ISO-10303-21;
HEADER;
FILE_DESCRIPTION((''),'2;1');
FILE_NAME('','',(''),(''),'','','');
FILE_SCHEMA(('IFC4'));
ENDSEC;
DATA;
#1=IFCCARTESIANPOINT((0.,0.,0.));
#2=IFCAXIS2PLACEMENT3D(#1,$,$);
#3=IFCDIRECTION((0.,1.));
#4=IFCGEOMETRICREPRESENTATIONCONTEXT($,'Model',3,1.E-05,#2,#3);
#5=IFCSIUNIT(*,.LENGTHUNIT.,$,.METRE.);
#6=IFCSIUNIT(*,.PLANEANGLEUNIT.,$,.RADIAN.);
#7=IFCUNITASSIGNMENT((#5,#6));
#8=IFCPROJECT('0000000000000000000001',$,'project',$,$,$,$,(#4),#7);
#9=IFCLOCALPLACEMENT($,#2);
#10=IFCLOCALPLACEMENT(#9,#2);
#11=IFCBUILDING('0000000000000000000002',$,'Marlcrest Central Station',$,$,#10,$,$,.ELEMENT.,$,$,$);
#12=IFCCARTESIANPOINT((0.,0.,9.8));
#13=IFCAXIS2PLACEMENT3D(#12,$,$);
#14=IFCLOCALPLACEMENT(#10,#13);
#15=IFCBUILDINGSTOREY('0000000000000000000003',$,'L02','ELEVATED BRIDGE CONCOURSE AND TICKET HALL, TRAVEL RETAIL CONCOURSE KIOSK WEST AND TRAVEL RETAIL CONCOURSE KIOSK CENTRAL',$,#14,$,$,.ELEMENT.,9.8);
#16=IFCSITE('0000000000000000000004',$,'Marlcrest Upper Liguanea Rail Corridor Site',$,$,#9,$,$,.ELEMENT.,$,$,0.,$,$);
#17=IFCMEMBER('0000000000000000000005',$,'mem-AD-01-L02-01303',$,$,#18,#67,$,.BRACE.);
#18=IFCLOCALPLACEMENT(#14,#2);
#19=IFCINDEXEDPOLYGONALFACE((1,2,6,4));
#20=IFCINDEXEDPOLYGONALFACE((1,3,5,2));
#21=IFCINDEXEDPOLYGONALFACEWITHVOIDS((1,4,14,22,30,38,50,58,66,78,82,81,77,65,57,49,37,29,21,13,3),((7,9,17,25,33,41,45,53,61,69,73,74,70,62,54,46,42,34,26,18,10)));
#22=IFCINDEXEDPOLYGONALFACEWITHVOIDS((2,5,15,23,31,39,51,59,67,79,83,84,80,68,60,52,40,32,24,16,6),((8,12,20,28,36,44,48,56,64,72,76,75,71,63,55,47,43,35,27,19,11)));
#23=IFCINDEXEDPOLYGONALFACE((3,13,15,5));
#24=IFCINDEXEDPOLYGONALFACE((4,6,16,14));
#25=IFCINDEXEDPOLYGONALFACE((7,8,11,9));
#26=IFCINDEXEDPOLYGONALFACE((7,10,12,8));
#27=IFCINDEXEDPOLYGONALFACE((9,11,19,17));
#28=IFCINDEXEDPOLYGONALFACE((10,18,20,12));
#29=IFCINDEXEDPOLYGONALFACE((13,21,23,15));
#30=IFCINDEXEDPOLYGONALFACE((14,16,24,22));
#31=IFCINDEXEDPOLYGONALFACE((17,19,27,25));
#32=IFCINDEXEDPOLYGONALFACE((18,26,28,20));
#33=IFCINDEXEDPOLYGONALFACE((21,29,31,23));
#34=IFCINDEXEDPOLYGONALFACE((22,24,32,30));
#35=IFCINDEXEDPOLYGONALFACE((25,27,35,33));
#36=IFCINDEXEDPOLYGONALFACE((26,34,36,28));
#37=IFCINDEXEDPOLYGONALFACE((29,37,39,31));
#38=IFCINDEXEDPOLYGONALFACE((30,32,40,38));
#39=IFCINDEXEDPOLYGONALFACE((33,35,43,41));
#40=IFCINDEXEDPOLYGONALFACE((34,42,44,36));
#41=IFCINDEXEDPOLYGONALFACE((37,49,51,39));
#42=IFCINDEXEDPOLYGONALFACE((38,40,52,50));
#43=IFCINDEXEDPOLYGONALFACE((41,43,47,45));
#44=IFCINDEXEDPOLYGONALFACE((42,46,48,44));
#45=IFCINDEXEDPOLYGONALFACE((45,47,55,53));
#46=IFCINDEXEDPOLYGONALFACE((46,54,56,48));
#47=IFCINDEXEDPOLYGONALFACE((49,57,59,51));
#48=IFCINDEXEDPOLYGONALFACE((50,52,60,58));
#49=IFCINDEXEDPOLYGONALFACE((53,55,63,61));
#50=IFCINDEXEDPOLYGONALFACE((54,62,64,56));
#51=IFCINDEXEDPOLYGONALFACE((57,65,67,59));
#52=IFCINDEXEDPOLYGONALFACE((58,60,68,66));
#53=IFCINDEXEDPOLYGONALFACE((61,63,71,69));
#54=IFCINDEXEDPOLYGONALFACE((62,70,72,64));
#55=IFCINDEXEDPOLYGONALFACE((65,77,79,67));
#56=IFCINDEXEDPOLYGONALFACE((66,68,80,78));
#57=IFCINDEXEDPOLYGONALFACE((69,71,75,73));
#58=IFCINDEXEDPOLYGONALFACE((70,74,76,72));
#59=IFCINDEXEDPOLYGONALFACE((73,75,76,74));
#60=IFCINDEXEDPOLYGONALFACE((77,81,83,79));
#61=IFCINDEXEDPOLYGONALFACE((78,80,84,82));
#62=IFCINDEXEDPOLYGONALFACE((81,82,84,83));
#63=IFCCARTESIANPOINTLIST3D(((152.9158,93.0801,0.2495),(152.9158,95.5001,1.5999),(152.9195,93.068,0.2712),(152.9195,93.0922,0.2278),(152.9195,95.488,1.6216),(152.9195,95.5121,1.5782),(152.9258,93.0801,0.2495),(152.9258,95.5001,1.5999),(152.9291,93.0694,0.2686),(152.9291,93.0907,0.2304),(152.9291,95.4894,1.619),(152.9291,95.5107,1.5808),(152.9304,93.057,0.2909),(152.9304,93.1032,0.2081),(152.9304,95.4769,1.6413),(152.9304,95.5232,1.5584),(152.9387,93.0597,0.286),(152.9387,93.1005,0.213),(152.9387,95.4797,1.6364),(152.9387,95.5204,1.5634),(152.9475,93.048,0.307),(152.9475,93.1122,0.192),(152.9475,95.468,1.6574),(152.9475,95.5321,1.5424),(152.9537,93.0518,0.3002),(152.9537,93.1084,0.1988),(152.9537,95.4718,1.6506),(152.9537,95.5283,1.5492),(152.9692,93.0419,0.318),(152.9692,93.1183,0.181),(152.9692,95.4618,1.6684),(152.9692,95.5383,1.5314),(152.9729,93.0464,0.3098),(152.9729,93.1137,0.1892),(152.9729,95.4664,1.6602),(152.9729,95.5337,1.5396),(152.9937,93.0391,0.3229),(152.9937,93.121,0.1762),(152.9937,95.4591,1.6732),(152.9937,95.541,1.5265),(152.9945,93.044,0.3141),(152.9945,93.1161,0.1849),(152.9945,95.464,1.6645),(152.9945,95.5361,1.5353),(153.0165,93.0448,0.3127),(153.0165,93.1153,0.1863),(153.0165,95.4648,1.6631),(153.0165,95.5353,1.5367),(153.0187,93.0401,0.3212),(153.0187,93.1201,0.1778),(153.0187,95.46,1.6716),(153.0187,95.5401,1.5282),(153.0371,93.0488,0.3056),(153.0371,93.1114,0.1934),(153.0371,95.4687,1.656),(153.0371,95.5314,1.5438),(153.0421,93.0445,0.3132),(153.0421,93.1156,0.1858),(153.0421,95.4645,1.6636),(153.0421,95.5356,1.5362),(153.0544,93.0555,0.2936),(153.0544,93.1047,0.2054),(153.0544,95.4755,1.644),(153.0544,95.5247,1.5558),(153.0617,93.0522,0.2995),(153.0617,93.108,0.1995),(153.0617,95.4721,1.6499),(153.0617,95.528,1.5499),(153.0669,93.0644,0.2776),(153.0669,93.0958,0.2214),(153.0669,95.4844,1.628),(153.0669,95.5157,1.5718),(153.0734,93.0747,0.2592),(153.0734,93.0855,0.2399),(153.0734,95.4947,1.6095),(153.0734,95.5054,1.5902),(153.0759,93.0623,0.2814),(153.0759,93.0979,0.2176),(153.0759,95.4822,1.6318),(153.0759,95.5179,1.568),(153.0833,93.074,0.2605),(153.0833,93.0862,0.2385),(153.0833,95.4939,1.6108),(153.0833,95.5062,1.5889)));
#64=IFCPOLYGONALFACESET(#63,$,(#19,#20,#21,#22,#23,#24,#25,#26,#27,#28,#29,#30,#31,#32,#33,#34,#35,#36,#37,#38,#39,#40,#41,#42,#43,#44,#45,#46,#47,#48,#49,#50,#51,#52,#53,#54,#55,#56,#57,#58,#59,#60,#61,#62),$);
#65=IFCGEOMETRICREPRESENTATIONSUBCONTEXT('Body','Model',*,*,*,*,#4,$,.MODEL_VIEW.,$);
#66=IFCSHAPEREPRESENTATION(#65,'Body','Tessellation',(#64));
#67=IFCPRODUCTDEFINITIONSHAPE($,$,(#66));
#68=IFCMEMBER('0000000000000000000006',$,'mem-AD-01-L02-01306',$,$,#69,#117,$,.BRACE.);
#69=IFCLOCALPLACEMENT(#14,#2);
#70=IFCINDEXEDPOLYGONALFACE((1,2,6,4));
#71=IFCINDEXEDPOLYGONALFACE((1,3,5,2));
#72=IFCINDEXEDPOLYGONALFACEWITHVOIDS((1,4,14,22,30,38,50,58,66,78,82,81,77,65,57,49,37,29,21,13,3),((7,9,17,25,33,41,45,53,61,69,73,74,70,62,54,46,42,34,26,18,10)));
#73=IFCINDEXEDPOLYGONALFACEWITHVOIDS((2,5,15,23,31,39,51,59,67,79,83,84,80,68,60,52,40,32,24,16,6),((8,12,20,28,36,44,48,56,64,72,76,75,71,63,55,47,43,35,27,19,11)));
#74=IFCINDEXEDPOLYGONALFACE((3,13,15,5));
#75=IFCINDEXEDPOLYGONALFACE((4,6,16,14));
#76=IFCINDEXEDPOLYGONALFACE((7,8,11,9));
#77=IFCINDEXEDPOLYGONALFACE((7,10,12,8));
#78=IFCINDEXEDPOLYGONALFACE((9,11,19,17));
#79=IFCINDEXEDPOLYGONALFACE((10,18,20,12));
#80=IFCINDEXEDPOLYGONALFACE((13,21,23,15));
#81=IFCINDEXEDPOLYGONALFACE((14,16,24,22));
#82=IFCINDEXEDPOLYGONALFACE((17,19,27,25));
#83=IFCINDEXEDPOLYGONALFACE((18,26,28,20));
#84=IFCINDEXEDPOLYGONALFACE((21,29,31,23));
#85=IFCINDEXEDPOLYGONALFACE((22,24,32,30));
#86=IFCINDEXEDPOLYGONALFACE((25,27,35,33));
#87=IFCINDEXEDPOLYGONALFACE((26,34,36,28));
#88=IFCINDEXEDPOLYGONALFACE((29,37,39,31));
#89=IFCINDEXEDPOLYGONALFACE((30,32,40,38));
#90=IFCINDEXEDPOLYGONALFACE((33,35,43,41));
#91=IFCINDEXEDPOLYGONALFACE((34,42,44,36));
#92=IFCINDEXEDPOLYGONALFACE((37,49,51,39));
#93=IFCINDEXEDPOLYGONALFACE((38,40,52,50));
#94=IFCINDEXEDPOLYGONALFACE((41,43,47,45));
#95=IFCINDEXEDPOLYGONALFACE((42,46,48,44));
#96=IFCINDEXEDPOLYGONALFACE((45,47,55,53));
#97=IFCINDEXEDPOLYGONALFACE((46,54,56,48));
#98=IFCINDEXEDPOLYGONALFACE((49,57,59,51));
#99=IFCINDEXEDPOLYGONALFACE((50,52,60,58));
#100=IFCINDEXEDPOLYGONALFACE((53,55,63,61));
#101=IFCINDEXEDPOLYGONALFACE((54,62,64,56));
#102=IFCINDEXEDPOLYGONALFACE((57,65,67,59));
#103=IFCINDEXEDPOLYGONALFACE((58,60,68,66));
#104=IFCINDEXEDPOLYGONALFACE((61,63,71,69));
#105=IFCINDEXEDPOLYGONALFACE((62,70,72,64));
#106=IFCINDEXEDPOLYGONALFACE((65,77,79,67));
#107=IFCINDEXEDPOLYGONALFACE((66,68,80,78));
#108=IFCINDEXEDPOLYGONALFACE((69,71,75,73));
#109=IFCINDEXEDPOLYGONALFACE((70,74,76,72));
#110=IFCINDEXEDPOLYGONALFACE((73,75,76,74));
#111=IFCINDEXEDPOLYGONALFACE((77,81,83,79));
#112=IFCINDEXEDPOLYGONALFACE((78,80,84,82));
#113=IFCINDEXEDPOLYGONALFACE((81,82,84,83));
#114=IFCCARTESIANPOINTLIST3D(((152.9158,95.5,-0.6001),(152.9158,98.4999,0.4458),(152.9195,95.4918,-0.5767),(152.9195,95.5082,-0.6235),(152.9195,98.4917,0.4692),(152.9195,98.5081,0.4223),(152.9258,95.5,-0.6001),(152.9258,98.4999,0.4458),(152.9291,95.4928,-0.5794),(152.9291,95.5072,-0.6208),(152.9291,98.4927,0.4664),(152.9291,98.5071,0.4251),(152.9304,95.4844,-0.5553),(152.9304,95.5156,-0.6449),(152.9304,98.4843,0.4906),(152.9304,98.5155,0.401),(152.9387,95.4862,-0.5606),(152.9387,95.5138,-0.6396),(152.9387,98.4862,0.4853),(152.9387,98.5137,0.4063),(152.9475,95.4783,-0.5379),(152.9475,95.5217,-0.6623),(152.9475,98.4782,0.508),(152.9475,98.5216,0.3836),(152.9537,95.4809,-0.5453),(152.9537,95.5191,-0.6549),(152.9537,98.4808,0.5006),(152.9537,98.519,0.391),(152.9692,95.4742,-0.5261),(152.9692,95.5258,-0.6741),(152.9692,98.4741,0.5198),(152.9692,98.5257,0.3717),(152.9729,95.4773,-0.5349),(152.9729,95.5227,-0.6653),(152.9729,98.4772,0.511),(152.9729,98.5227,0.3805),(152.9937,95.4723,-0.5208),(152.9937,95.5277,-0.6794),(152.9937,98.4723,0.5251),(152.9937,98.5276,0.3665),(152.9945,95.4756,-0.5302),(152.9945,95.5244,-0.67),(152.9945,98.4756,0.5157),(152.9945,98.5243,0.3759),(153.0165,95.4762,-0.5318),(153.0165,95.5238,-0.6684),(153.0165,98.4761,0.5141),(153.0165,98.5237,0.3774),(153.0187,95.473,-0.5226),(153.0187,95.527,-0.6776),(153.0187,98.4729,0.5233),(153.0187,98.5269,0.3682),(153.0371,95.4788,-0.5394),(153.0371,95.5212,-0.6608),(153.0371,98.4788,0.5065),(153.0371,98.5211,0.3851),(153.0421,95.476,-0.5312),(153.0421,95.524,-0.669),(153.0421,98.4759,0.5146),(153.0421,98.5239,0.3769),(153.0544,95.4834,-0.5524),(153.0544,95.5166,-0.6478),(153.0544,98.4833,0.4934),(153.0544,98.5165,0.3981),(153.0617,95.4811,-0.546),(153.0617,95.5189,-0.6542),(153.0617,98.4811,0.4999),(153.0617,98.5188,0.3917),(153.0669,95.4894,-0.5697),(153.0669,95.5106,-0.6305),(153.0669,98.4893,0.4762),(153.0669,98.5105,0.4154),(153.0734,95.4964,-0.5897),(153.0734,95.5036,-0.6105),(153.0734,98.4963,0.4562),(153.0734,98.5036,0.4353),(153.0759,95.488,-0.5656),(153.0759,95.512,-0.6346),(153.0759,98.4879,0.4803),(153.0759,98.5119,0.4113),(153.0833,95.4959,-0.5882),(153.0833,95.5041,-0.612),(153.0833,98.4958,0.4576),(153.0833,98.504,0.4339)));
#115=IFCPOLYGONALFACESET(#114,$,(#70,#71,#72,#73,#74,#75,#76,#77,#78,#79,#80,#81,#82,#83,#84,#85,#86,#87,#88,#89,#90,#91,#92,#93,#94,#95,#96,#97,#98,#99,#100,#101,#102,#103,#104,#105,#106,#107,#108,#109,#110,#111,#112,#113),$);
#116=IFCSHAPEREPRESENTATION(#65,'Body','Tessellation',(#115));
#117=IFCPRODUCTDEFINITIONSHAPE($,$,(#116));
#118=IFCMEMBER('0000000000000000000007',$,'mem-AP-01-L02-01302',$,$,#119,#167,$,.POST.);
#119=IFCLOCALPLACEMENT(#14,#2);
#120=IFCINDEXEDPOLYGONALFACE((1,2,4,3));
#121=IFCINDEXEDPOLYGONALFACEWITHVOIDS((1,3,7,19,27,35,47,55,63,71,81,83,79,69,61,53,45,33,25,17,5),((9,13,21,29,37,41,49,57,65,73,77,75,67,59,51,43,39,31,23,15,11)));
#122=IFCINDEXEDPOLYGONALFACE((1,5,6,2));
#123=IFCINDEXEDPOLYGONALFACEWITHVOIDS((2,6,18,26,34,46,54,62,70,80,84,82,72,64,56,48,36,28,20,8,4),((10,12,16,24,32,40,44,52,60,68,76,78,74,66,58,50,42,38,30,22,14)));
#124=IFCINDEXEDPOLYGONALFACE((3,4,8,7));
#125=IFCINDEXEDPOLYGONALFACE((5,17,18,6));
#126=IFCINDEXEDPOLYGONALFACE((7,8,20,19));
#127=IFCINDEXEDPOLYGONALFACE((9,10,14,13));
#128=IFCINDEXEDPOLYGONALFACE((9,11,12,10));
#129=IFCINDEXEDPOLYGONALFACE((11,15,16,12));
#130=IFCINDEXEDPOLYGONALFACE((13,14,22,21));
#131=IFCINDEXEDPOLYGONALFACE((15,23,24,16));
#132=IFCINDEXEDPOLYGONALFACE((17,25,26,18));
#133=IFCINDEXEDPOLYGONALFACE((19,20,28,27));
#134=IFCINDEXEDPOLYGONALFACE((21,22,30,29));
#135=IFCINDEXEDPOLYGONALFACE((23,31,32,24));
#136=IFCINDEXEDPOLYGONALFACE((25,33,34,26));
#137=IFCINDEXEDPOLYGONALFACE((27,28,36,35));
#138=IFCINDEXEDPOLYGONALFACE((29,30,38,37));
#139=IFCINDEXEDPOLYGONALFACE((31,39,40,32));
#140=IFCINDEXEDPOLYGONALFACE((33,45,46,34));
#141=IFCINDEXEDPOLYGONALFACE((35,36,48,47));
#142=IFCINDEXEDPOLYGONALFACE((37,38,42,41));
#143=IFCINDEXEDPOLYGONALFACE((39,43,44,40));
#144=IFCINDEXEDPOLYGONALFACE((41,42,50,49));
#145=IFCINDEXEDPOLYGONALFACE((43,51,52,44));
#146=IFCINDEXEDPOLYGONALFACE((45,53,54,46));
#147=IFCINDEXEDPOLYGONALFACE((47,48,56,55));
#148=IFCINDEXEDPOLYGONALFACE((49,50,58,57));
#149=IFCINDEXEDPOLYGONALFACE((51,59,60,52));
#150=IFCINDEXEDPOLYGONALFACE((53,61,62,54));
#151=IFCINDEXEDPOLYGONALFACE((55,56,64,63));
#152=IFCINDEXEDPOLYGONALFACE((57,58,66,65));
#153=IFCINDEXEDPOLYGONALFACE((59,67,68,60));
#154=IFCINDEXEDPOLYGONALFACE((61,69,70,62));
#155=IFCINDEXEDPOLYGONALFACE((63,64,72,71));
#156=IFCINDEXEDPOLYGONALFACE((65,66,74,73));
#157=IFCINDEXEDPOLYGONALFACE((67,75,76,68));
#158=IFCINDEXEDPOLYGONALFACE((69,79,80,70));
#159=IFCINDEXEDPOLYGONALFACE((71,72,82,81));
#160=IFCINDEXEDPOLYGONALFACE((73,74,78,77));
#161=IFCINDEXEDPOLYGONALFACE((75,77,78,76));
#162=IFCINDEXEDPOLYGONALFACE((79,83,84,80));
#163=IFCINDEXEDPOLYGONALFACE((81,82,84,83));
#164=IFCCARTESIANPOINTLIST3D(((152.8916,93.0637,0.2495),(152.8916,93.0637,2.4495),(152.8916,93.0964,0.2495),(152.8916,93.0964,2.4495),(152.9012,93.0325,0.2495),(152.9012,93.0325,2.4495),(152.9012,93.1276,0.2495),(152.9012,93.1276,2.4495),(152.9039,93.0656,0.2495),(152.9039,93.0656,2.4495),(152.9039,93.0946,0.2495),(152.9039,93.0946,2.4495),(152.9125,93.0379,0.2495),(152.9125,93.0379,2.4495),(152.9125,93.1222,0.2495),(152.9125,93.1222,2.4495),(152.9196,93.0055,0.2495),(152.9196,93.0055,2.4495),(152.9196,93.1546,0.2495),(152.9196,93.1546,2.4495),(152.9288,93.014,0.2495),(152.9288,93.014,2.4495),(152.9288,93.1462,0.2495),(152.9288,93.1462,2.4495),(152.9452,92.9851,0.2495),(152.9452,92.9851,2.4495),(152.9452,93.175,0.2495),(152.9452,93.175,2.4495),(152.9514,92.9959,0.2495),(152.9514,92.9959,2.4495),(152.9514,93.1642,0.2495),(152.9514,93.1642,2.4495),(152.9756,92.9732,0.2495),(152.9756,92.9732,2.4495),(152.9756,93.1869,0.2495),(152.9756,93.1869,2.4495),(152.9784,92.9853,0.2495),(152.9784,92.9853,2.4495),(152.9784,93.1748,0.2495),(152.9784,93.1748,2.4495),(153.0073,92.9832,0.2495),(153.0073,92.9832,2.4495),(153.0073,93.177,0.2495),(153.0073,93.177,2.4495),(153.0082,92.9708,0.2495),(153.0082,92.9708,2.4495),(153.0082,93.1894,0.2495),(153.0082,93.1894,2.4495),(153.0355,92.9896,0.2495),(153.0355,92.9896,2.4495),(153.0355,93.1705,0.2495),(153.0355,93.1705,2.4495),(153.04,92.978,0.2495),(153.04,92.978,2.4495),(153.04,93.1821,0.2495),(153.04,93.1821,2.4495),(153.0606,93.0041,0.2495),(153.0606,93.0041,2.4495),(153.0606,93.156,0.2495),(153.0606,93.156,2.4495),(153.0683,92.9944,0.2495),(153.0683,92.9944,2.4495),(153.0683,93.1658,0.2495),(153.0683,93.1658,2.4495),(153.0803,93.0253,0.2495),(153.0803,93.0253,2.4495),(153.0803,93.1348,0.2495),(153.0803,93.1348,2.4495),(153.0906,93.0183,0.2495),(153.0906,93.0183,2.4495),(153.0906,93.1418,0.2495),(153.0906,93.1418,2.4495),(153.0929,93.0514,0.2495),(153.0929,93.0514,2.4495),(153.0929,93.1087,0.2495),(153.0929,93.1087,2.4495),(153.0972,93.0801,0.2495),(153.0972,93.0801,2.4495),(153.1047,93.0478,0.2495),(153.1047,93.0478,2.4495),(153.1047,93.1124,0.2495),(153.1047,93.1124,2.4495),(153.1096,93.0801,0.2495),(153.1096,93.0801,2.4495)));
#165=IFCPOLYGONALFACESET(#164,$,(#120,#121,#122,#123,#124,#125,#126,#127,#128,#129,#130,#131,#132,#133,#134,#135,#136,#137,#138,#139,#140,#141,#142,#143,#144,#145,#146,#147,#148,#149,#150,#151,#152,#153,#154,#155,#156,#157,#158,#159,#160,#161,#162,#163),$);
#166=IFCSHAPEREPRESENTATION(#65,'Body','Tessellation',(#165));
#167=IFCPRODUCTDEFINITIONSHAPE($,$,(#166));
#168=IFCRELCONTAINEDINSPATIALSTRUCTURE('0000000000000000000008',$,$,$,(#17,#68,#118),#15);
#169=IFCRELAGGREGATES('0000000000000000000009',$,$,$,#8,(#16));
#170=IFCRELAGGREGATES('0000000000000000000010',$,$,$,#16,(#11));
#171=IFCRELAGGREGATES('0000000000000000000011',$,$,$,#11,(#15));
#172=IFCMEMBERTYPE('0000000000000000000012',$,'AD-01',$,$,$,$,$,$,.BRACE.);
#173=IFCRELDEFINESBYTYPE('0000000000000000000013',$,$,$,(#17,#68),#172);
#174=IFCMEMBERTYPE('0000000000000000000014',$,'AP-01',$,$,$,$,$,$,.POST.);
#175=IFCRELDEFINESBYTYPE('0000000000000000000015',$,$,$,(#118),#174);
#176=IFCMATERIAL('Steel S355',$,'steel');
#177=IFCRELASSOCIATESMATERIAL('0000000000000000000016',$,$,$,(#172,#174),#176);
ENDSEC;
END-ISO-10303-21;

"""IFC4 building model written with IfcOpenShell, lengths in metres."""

from ifc_helpers import new_model, si_unit, direction, frame, origin, origin_2d, place, context, subcontext, project, spatial, hollow_circle, extrude, material, material_profile, profile_set, type_object, element, save


model = new_model("IFC4")

# Units and contexts
model_context = context("Model", 3, precision=1e-05, world=origin(), true_north=direction((0.0, 1.0)))
body_context = subcontext(model_context, "Body", "Model", "MODEL_VIEW")
ifc_project = project(units=[si_unit("LENGTHUNIT", "METRE"), si_unit("PLANEANGLEUNIT", "RADIAN")], contexts=[model_context])

# Site, building, storey
site_placement = place(None, origin())
site = spatial("IfcSite", under=ifc_project, at=site_placement, Name="Marlcrest Upper Liguanea Rail Corridor Site", CompositionType="ELEMENT", RefElevation=0.0)
building_placement = place(site_placement, origin())
building = spatial("IfcBuilding", under=site, at=building_placement, Name="Marlcrest Central Station", CompositionType="ELEMENT")
storey_placement = place(building_placement, frame((0.0, 0.0, 9.8)))
storey = spatial("IfcBuildingStorey", under=building, at=storey_placement, Name="L02", Description="ELEVATED BRIDGE CONCOURSE AND TICKET HALL, TRAVEL RETAIL CONCOURSE KIOSK WEST AND TRAVEL RETAIL CONCOURSE KIOSK CENTRAL", CompositionType="ELEMENT", Elevation=9.8)

# Members
ifc_material_1 = material(Name="Steel S355", Category="steel")
ifc_material_profile_1 = material_profile(ifc_material_1, hollow_circle(Radius=0.0842, WallThickness=0.01, at=origin_2d()), Name="CHS 168.3x10")
ifc_profile_set_1 = profile_set([ifc_material_profile_1], Name="Steel S355")
member_type_1 = type_object("IfcMemberType", Name="AD-01", PredefinedType="BRACE", material=ifc_profile_set_1)
member_1_placement = place(storey_placement, frame((153.0, 93.0801, 0.2495), z_axis=(0.0, 0.873246, 0.48728), x_axis=(-1.0, 0.0, 0.0)))
element("IfcMember", 1, at=member_1_placement, inside=storey, type_object=member_type_1, Name="mem-AD-01-L02-01303", PredefinedType="BRACE", context=body_context, shape_type="SweptSolid", body=[
    extrude(hollow_circle(Radius=0.0842, WallThickness=0.01, at=origin_2d()), origin(), (0.0, 0.0, 1.0), 2.7712),
])
member_2_placement = place(storey_placement, frame((153.0, 95.5, -0.6001), z_axis=(0.0, 0.94426, 0.3292), x_axis=(-1.0, 0.0, 0.0)))
element("IfcMember", 2, at=member_2_placement, inside=storey, type_object=member_type_1, Name="mem-AD-01-L02-01306", PredefinedType="BRACE", context=body_context, shape_type="SweptSolid", body=[
    extrude(hollow_circle(Radius=0.0842, WallThickness=0.01, at=origin_2d()), origin(), (0.0, 0.0, 1.0), 3.177),
])
ifc_material_profile_2 = material_profile(ifc_material_1, hollow_circle(Radius=0.1096, WallThickness=0.0125, at=origin_2d()), Name="CHS 219.1x12.5")
ifc_profile_set_2 = profile_set([ifc_material_profile_2], Name="Steel S355")
member_type_2 = type_object("IfcMemberType", Name="AP-01", PredefinedType="POST", material=ifc_profile_set_2)
for number, where, z_axis, x_axis, name in (
    (3, (153.0, 93.0801, 0.2495), (0.0, 0.0, 1.0), (1.0, 0.0, 0.0), "mem-AP-01-L02-01302"),
):
    element("IfcMember", number, at=place(storey_placement, frame(where, z_axis=z_axis, x_axis=x_axis)), inside=storey, type_object=member_type_2, Name=name, PredefinedType="POST", context=body_context, shape_type="SweptSolid", body=[
        extrude(hollow_circle(Radius=0.1096, WallThickness=0.0125, at=origin_2d()), origin(), (0.0, 0.0, 1.0), 2.2),
    ])

save(model, "model.ifc")
